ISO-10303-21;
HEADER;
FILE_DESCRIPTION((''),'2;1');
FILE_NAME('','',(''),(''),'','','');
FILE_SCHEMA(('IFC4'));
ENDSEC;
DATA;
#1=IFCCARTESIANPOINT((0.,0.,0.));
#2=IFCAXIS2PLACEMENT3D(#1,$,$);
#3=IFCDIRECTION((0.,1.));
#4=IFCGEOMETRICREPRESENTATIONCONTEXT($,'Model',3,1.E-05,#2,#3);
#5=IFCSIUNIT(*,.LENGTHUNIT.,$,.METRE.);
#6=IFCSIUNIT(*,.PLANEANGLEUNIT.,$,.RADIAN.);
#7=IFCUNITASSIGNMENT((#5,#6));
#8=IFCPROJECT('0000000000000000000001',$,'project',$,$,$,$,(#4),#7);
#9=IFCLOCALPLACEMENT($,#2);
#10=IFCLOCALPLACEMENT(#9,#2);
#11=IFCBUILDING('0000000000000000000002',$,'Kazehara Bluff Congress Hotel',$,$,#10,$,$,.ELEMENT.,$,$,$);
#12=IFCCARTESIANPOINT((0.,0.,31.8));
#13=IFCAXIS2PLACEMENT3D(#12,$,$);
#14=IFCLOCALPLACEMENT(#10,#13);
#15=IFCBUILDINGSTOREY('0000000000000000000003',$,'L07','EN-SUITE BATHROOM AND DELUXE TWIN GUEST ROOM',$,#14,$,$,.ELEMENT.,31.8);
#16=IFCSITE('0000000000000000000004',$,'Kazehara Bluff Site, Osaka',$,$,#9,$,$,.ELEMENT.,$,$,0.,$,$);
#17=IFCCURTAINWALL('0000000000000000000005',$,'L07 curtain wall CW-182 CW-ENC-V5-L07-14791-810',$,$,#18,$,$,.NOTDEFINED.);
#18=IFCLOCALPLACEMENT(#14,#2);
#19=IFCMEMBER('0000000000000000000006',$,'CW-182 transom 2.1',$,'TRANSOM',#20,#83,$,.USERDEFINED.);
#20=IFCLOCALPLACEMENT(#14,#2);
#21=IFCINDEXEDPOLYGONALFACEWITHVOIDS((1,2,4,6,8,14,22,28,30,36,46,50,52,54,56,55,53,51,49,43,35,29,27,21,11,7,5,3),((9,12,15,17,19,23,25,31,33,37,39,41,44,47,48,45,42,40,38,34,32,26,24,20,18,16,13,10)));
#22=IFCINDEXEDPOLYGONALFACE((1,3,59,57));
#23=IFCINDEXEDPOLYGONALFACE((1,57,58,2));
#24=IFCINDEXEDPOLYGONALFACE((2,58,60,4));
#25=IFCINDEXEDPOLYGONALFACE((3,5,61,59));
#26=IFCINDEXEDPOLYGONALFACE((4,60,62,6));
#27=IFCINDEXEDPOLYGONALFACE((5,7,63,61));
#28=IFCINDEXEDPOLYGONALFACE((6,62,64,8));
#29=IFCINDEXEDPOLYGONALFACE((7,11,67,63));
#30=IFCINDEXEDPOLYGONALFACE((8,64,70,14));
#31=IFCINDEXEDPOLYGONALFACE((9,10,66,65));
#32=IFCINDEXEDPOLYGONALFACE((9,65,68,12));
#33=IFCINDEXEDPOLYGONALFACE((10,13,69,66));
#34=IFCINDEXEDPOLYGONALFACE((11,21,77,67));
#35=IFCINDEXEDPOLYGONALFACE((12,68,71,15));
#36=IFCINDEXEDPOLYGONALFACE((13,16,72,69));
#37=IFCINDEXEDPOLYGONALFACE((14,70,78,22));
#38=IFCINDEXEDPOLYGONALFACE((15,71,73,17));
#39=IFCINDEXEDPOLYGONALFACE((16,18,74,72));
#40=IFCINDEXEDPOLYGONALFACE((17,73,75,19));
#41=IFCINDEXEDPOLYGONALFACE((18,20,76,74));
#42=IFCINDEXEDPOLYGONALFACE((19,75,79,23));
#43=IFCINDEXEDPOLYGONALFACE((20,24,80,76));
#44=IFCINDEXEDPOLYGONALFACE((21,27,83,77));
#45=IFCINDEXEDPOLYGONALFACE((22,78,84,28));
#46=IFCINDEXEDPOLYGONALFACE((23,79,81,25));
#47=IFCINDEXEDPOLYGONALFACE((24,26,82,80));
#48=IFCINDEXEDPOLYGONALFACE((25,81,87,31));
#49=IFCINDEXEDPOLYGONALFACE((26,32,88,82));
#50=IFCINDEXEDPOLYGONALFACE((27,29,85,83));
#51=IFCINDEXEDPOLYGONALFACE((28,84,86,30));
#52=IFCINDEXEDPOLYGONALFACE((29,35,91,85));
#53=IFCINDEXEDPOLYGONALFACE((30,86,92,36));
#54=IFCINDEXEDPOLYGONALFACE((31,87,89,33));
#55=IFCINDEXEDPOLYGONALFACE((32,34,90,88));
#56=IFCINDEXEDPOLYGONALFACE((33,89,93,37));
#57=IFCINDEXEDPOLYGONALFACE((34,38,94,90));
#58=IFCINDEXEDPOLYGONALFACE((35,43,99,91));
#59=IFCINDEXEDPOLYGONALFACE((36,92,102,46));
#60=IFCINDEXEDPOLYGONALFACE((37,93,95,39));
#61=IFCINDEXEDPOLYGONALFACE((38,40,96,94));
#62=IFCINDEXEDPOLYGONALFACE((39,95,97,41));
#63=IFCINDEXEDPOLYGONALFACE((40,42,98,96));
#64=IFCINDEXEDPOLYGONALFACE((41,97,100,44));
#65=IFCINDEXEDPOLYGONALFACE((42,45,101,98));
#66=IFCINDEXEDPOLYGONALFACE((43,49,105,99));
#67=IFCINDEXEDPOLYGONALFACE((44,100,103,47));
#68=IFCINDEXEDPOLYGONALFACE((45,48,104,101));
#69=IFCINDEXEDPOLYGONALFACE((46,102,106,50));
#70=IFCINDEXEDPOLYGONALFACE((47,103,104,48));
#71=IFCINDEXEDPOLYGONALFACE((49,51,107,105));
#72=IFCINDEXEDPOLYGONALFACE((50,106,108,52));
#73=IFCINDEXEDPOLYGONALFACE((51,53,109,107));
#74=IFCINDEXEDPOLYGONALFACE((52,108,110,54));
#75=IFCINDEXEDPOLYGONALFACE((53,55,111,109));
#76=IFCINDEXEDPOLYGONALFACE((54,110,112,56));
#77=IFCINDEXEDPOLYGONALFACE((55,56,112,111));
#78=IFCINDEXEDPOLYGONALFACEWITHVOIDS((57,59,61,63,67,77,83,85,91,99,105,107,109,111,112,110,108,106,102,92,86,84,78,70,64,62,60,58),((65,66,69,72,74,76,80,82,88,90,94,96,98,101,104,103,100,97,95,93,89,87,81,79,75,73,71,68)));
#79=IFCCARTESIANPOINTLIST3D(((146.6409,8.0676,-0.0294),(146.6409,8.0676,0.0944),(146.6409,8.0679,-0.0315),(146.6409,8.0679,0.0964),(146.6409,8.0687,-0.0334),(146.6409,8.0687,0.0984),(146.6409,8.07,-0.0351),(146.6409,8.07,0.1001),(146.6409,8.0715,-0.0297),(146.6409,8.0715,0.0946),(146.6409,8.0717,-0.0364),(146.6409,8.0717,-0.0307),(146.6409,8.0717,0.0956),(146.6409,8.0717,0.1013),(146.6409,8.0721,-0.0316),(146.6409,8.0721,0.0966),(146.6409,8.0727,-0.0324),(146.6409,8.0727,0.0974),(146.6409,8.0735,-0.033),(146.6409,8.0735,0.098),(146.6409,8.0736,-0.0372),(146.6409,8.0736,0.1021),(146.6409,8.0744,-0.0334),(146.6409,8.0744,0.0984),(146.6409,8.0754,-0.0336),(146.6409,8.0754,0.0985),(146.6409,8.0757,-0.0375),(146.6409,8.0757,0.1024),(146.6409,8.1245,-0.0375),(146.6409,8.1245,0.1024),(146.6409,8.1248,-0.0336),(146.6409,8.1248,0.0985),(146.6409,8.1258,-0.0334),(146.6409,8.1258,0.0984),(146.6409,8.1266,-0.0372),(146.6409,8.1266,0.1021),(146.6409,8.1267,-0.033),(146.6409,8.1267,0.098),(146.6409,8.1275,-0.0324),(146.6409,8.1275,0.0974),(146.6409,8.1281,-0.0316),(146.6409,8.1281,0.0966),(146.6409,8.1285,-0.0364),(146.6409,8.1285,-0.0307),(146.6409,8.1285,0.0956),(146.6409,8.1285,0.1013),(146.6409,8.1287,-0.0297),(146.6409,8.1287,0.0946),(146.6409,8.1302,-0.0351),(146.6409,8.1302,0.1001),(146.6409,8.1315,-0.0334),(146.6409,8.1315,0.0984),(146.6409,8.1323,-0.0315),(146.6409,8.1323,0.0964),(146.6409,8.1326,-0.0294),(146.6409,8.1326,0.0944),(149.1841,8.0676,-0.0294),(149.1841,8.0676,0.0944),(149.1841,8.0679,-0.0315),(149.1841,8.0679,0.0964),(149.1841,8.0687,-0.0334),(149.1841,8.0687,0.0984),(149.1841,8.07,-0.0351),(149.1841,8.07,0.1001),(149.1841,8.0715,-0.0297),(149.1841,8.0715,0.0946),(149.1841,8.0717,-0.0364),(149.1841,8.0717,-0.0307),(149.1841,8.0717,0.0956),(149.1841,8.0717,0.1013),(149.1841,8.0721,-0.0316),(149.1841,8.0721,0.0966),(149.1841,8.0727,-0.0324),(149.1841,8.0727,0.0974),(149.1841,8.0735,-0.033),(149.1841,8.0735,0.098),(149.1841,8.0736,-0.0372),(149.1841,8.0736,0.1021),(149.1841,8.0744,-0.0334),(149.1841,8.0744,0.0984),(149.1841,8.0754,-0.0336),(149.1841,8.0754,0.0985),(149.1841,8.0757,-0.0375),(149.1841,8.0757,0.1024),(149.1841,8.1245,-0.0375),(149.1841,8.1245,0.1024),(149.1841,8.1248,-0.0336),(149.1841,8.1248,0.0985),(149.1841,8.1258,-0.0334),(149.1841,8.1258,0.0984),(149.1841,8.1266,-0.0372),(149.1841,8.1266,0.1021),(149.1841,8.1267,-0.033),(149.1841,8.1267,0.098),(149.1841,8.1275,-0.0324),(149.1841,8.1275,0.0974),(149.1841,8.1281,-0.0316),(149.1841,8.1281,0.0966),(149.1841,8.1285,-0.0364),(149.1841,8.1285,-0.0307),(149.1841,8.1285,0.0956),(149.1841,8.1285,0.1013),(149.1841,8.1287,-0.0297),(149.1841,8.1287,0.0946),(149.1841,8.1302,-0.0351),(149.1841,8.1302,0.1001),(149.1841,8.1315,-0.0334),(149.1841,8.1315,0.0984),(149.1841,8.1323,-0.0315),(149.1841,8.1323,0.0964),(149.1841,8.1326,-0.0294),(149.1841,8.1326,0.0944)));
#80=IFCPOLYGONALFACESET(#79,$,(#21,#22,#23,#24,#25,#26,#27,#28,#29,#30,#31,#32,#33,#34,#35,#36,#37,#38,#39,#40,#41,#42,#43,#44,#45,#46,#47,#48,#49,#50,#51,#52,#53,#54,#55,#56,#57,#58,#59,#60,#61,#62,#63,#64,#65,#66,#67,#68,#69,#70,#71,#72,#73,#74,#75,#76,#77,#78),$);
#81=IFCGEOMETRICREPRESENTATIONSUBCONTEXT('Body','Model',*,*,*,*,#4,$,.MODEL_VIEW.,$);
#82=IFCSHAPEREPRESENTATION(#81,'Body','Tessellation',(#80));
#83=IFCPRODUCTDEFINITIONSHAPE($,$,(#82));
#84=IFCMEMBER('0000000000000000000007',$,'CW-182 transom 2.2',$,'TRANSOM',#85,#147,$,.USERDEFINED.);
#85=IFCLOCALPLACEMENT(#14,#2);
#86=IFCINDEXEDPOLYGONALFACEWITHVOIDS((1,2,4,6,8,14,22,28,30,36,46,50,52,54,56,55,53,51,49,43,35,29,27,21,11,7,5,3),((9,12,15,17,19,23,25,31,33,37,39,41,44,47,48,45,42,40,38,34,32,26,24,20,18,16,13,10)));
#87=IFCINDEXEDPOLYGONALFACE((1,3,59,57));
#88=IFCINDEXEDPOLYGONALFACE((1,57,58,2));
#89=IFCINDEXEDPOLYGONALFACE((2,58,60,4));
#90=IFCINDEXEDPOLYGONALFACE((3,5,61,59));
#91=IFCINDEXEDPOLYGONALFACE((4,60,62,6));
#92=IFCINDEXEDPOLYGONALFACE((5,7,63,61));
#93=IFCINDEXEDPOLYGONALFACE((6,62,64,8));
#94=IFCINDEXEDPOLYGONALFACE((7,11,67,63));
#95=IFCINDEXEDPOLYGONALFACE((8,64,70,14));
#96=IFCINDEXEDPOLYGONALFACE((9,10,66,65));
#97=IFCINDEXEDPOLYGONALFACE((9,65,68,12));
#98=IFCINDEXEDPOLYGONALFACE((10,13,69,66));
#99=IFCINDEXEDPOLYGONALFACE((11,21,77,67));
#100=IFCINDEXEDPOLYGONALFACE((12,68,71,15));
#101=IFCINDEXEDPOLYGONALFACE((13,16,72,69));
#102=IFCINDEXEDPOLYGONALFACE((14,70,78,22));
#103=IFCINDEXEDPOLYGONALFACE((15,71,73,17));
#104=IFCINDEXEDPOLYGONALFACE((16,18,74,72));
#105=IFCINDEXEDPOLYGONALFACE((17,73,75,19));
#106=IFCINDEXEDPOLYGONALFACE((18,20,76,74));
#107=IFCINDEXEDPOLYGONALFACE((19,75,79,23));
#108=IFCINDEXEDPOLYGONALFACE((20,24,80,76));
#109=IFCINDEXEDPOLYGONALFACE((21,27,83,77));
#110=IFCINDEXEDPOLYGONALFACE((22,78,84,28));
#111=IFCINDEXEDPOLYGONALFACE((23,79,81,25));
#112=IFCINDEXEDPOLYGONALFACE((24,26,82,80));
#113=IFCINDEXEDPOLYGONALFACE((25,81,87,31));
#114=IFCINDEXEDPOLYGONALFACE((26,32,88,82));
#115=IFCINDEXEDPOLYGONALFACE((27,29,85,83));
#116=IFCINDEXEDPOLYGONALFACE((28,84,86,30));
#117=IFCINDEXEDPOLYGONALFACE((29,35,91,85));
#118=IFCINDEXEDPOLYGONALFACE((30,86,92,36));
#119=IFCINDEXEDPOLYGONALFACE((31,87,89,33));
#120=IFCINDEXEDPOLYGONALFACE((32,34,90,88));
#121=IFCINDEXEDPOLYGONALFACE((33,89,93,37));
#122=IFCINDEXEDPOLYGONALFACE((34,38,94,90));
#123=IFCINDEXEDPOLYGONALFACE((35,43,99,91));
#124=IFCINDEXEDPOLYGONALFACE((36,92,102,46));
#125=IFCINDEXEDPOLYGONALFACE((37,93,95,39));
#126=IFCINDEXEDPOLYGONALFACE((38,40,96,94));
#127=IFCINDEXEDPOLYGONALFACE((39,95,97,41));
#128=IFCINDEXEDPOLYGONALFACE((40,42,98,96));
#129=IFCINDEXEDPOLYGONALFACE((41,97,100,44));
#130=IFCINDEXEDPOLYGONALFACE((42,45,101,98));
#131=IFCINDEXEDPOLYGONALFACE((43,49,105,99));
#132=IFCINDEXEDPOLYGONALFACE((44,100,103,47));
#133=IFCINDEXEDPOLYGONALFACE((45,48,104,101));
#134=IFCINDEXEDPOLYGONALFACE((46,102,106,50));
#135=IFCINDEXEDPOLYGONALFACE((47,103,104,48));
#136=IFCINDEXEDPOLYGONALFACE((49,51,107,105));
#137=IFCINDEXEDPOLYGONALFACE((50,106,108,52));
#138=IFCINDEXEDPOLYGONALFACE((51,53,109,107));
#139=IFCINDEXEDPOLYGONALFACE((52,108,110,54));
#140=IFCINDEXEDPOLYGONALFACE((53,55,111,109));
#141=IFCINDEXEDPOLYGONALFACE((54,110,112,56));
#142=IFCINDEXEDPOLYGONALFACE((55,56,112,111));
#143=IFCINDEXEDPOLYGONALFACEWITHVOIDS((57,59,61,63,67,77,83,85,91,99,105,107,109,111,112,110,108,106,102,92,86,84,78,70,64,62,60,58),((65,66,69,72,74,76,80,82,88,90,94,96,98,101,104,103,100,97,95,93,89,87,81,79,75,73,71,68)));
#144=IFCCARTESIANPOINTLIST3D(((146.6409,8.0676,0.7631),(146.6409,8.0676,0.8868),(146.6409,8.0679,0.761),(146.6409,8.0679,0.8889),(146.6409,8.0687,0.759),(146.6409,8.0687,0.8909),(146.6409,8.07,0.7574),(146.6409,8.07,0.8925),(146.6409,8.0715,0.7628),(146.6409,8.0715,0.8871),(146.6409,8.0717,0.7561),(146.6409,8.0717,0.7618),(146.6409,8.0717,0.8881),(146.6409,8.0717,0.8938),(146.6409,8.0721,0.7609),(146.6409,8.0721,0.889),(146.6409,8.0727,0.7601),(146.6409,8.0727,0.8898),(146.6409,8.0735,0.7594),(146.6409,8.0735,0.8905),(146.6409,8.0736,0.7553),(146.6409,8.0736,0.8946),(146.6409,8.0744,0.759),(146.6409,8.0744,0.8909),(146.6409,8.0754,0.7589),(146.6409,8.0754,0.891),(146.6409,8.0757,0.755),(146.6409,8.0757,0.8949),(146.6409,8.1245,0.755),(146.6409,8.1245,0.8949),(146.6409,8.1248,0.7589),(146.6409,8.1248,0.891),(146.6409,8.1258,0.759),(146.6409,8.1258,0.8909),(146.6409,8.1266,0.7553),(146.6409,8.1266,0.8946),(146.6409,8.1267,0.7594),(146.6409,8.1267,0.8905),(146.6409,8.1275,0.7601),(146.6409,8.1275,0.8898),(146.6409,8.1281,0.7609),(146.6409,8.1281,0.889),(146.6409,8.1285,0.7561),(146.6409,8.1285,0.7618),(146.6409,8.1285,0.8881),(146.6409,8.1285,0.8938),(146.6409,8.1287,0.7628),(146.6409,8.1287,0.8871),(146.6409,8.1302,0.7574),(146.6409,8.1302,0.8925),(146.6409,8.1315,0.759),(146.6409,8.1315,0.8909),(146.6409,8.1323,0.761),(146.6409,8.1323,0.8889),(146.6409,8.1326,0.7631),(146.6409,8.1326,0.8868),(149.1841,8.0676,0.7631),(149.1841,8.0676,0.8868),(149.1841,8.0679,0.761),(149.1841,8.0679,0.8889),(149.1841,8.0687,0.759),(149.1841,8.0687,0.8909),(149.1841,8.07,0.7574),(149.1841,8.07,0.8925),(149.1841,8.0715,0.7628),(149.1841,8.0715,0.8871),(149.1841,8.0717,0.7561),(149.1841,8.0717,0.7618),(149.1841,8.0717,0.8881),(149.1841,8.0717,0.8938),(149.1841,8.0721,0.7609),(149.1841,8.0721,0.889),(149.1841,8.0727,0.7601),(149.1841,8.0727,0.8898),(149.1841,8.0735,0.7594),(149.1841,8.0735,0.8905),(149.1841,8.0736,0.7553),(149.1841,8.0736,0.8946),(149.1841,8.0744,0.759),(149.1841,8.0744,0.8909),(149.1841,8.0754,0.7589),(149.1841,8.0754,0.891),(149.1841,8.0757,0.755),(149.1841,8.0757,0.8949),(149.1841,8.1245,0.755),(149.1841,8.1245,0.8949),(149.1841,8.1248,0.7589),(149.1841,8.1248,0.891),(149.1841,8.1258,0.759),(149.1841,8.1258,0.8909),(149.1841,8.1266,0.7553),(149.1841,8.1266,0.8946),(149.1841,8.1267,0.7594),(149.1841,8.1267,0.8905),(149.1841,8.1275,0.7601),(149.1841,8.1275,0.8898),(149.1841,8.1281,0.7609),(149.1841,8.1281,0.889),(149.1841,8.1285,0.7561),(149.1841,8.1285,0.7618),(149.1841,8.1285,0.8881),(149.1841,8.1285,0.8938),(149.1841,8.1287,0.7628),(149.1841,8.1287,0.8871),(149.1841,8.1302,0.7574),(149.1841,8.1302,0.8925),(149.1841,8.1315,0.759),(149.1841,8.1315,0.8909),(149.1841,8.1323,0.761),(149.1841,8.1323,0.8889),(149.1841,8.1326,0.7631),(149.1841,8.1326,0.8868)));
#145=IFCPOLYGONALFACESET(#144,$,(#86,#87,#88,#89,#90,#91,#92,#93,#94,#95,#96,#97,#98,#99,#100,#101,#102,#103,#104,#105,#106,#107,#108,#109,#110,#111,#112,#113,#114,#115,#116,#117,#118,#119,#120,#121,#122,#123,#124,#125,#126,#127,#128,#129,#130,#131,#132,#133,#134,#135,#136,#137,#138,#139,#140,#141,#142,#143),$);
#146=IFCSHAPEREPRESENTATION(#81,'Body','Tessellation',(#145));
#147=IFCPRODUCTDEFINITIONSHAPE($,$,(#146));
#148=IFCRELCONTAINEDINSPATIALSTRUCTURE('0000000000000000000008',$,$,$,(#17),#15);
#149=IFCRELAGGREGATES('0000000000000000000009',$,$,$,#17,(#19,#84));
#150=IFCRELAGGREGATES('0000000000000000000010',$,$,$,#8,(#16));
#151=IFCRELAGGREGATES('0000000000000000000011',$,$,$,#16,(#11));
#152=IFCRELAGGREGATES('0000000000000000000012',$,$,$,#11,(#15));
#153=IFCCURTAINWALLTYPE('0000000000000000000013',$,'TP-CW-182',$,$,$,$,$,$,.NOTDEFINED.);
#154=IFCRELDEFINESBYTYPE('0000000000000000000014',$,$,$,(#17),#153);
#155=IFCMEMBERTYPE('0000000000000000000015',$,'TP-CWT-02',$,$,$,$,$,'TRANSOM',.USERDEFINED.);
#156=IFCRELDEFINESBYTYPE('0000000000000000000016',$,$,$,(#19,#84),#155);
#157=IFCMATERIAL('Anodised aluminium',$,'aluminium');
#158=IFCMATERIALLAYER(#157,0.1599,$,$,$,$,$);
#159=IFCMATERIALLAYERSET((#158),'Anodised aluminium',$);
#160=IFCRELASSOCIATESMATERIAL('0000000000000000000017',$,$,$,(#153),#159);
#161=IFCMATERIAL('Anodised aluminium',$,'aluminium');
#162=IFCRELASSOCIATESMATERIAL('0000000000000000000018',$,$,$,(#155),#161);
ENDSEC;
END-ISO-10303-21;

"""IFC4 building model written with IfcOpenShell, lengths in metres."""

from ifc_helpers import new_model, si_unit, direction, frame, origin, origin_2d, place, context, subcontext, project, spatial, hollow_rectangle, extrude, material, layer, layer_set, material_profile, profile_set, type_object, element, aggregate, save


model = new_model("IFC4")

# Units and contexts
model_context = context("Model", 3, precision=1e-05, world=origin(), true_north=direction((0.0, 1.0)))
body_context = subcontext(model_context, "Body", "Model", "MODEL_VIEW")
ifc_project = project(units=[si_unit("LENGTHUNIT", "METRE"), si_unit("PLANEANGLEUNIT", "RADIAN")], contexts=[model_context])

# Site, building, storey
site_placement = place(None, origin())
site = spatial("IfcSite", under=ifc_project, at=site_placement, Name="Kazehara Bluff Site, Osaka", CompositionType="ELEMENT", RefElevation=0.0)
building_placement = place(site_placement, origin())
building = spatial("IfcBuilding", under=site, at=building_placement, Name="Kazehara Bluff Congress Hotel", CompositionType="ELEMENT")
storey_placement = place(building_placement, frame((0.0, 0.0, 31.8)))
storey = spatial("IfcBuildingStorey", under=building, at=storey_placement, Name="L07", Description="EN-SUITE BATHROOM AND DELUXE TWIN GUEST ROOM", CompositionType="ELEMENT", Elevation=31.8)

# Curtain wall, members
ifc_material_1 = material(Name="Anodised aluminium", Category="aluminium")
ifc_layer_1 = layer(ifc_material_1, 0.1599)
ifc_layer_set_1 = layer_set([ifc_layer_1], Name="Anodised aluminium")
curtain_wall_type = type_object("IfcCurtainWallType", Name="TP-CW-182", PredefinedType="NOTDEFINED", material=ifc_layer_set_1)
curtain_wall_placement = place(storey_placement, origin())
curtain_wall = element("IfcCurtainWall", 1, at=curtain_wall_placement, inside=storey, type_object=curtain_wall_type, Name="L07 curtain wall CW-182 CW-ENC-V5-L07-14791-810", PredefinedType="NOTDEFINED")
ifc_material_2 = material(Name="Anodised aluminium", Category="aluminium")
ifc_material_profile_1 = material_profile(ifc_material_2, hollow_rectangle(XDim=0.0649, YDim=0.1399, WallThickness=0.0039, InnerFilletRadius=0.0039, OuterFilletRadius=0.0081, at=origin_2d()))
ifc_profile_set_1 = profile_set([ifc_material_profile_1], Name="Anodised aluminium")
member_type_1 = type_object("IfcMemberType", Name="TP-CWT-02", ElementType="TRANSOM", PredefinedType="USERDEFINED", material=ifc_profile_set_1)
member_1_placement = place(storey_placement, frame((149.1841, 8.1001, 0.0325), z_axis=(-1.0, 0.0, 0.0), x_axis=(0.0, -1.0, 0.0)))
member_1 = element("IfcMember", 2, at=member_1_placement, type_object=member_type_1, Name="CW-182 transom 2.1", ObjectType="TRANSOM", PredefinedType="USERDEFINED", context=body_context, shape_type="SweptSolid", body=[
    extrude(hollow_rectangle(XDim=0.0649, YDim=0.1399, WallThickness=0.0039, InnerFilletRadius=0.0039, OuterFilletRadius=0.0081, at=origin_2d()), origin(), (0.0, 0.0, 1.0), 2.5432),
])
member_2_placement = place(storey_placement, frame((149.1841, 8.1001, 0.825), z_axis=(-1.0, 0.0, 0.0), x_axis=(0.0, -1.0, 0.0)))
member_2 = element("IfcMember", 3, at=member_2_placement, type_object=member_type_1, Name="CW-182 transom 2.2", ObjectType="TRANSOM", PredefinedType="USERDEFINED", context=body_context, shape_type="SweptSolid", body=[
    extrude(hollow_rectangle(XDim=0.0649, YDim=0.1399, WallThickness=0.0039, InnerFilletRadius=0.0039, OuterFilletRadius=0.0081, at=origin_2d()), origin(), (0.0, 0.0, 1.0), 2.5432),
])

aggregate(curtain_wall, [member_1, member_2])

save(model, "model.ifc")
